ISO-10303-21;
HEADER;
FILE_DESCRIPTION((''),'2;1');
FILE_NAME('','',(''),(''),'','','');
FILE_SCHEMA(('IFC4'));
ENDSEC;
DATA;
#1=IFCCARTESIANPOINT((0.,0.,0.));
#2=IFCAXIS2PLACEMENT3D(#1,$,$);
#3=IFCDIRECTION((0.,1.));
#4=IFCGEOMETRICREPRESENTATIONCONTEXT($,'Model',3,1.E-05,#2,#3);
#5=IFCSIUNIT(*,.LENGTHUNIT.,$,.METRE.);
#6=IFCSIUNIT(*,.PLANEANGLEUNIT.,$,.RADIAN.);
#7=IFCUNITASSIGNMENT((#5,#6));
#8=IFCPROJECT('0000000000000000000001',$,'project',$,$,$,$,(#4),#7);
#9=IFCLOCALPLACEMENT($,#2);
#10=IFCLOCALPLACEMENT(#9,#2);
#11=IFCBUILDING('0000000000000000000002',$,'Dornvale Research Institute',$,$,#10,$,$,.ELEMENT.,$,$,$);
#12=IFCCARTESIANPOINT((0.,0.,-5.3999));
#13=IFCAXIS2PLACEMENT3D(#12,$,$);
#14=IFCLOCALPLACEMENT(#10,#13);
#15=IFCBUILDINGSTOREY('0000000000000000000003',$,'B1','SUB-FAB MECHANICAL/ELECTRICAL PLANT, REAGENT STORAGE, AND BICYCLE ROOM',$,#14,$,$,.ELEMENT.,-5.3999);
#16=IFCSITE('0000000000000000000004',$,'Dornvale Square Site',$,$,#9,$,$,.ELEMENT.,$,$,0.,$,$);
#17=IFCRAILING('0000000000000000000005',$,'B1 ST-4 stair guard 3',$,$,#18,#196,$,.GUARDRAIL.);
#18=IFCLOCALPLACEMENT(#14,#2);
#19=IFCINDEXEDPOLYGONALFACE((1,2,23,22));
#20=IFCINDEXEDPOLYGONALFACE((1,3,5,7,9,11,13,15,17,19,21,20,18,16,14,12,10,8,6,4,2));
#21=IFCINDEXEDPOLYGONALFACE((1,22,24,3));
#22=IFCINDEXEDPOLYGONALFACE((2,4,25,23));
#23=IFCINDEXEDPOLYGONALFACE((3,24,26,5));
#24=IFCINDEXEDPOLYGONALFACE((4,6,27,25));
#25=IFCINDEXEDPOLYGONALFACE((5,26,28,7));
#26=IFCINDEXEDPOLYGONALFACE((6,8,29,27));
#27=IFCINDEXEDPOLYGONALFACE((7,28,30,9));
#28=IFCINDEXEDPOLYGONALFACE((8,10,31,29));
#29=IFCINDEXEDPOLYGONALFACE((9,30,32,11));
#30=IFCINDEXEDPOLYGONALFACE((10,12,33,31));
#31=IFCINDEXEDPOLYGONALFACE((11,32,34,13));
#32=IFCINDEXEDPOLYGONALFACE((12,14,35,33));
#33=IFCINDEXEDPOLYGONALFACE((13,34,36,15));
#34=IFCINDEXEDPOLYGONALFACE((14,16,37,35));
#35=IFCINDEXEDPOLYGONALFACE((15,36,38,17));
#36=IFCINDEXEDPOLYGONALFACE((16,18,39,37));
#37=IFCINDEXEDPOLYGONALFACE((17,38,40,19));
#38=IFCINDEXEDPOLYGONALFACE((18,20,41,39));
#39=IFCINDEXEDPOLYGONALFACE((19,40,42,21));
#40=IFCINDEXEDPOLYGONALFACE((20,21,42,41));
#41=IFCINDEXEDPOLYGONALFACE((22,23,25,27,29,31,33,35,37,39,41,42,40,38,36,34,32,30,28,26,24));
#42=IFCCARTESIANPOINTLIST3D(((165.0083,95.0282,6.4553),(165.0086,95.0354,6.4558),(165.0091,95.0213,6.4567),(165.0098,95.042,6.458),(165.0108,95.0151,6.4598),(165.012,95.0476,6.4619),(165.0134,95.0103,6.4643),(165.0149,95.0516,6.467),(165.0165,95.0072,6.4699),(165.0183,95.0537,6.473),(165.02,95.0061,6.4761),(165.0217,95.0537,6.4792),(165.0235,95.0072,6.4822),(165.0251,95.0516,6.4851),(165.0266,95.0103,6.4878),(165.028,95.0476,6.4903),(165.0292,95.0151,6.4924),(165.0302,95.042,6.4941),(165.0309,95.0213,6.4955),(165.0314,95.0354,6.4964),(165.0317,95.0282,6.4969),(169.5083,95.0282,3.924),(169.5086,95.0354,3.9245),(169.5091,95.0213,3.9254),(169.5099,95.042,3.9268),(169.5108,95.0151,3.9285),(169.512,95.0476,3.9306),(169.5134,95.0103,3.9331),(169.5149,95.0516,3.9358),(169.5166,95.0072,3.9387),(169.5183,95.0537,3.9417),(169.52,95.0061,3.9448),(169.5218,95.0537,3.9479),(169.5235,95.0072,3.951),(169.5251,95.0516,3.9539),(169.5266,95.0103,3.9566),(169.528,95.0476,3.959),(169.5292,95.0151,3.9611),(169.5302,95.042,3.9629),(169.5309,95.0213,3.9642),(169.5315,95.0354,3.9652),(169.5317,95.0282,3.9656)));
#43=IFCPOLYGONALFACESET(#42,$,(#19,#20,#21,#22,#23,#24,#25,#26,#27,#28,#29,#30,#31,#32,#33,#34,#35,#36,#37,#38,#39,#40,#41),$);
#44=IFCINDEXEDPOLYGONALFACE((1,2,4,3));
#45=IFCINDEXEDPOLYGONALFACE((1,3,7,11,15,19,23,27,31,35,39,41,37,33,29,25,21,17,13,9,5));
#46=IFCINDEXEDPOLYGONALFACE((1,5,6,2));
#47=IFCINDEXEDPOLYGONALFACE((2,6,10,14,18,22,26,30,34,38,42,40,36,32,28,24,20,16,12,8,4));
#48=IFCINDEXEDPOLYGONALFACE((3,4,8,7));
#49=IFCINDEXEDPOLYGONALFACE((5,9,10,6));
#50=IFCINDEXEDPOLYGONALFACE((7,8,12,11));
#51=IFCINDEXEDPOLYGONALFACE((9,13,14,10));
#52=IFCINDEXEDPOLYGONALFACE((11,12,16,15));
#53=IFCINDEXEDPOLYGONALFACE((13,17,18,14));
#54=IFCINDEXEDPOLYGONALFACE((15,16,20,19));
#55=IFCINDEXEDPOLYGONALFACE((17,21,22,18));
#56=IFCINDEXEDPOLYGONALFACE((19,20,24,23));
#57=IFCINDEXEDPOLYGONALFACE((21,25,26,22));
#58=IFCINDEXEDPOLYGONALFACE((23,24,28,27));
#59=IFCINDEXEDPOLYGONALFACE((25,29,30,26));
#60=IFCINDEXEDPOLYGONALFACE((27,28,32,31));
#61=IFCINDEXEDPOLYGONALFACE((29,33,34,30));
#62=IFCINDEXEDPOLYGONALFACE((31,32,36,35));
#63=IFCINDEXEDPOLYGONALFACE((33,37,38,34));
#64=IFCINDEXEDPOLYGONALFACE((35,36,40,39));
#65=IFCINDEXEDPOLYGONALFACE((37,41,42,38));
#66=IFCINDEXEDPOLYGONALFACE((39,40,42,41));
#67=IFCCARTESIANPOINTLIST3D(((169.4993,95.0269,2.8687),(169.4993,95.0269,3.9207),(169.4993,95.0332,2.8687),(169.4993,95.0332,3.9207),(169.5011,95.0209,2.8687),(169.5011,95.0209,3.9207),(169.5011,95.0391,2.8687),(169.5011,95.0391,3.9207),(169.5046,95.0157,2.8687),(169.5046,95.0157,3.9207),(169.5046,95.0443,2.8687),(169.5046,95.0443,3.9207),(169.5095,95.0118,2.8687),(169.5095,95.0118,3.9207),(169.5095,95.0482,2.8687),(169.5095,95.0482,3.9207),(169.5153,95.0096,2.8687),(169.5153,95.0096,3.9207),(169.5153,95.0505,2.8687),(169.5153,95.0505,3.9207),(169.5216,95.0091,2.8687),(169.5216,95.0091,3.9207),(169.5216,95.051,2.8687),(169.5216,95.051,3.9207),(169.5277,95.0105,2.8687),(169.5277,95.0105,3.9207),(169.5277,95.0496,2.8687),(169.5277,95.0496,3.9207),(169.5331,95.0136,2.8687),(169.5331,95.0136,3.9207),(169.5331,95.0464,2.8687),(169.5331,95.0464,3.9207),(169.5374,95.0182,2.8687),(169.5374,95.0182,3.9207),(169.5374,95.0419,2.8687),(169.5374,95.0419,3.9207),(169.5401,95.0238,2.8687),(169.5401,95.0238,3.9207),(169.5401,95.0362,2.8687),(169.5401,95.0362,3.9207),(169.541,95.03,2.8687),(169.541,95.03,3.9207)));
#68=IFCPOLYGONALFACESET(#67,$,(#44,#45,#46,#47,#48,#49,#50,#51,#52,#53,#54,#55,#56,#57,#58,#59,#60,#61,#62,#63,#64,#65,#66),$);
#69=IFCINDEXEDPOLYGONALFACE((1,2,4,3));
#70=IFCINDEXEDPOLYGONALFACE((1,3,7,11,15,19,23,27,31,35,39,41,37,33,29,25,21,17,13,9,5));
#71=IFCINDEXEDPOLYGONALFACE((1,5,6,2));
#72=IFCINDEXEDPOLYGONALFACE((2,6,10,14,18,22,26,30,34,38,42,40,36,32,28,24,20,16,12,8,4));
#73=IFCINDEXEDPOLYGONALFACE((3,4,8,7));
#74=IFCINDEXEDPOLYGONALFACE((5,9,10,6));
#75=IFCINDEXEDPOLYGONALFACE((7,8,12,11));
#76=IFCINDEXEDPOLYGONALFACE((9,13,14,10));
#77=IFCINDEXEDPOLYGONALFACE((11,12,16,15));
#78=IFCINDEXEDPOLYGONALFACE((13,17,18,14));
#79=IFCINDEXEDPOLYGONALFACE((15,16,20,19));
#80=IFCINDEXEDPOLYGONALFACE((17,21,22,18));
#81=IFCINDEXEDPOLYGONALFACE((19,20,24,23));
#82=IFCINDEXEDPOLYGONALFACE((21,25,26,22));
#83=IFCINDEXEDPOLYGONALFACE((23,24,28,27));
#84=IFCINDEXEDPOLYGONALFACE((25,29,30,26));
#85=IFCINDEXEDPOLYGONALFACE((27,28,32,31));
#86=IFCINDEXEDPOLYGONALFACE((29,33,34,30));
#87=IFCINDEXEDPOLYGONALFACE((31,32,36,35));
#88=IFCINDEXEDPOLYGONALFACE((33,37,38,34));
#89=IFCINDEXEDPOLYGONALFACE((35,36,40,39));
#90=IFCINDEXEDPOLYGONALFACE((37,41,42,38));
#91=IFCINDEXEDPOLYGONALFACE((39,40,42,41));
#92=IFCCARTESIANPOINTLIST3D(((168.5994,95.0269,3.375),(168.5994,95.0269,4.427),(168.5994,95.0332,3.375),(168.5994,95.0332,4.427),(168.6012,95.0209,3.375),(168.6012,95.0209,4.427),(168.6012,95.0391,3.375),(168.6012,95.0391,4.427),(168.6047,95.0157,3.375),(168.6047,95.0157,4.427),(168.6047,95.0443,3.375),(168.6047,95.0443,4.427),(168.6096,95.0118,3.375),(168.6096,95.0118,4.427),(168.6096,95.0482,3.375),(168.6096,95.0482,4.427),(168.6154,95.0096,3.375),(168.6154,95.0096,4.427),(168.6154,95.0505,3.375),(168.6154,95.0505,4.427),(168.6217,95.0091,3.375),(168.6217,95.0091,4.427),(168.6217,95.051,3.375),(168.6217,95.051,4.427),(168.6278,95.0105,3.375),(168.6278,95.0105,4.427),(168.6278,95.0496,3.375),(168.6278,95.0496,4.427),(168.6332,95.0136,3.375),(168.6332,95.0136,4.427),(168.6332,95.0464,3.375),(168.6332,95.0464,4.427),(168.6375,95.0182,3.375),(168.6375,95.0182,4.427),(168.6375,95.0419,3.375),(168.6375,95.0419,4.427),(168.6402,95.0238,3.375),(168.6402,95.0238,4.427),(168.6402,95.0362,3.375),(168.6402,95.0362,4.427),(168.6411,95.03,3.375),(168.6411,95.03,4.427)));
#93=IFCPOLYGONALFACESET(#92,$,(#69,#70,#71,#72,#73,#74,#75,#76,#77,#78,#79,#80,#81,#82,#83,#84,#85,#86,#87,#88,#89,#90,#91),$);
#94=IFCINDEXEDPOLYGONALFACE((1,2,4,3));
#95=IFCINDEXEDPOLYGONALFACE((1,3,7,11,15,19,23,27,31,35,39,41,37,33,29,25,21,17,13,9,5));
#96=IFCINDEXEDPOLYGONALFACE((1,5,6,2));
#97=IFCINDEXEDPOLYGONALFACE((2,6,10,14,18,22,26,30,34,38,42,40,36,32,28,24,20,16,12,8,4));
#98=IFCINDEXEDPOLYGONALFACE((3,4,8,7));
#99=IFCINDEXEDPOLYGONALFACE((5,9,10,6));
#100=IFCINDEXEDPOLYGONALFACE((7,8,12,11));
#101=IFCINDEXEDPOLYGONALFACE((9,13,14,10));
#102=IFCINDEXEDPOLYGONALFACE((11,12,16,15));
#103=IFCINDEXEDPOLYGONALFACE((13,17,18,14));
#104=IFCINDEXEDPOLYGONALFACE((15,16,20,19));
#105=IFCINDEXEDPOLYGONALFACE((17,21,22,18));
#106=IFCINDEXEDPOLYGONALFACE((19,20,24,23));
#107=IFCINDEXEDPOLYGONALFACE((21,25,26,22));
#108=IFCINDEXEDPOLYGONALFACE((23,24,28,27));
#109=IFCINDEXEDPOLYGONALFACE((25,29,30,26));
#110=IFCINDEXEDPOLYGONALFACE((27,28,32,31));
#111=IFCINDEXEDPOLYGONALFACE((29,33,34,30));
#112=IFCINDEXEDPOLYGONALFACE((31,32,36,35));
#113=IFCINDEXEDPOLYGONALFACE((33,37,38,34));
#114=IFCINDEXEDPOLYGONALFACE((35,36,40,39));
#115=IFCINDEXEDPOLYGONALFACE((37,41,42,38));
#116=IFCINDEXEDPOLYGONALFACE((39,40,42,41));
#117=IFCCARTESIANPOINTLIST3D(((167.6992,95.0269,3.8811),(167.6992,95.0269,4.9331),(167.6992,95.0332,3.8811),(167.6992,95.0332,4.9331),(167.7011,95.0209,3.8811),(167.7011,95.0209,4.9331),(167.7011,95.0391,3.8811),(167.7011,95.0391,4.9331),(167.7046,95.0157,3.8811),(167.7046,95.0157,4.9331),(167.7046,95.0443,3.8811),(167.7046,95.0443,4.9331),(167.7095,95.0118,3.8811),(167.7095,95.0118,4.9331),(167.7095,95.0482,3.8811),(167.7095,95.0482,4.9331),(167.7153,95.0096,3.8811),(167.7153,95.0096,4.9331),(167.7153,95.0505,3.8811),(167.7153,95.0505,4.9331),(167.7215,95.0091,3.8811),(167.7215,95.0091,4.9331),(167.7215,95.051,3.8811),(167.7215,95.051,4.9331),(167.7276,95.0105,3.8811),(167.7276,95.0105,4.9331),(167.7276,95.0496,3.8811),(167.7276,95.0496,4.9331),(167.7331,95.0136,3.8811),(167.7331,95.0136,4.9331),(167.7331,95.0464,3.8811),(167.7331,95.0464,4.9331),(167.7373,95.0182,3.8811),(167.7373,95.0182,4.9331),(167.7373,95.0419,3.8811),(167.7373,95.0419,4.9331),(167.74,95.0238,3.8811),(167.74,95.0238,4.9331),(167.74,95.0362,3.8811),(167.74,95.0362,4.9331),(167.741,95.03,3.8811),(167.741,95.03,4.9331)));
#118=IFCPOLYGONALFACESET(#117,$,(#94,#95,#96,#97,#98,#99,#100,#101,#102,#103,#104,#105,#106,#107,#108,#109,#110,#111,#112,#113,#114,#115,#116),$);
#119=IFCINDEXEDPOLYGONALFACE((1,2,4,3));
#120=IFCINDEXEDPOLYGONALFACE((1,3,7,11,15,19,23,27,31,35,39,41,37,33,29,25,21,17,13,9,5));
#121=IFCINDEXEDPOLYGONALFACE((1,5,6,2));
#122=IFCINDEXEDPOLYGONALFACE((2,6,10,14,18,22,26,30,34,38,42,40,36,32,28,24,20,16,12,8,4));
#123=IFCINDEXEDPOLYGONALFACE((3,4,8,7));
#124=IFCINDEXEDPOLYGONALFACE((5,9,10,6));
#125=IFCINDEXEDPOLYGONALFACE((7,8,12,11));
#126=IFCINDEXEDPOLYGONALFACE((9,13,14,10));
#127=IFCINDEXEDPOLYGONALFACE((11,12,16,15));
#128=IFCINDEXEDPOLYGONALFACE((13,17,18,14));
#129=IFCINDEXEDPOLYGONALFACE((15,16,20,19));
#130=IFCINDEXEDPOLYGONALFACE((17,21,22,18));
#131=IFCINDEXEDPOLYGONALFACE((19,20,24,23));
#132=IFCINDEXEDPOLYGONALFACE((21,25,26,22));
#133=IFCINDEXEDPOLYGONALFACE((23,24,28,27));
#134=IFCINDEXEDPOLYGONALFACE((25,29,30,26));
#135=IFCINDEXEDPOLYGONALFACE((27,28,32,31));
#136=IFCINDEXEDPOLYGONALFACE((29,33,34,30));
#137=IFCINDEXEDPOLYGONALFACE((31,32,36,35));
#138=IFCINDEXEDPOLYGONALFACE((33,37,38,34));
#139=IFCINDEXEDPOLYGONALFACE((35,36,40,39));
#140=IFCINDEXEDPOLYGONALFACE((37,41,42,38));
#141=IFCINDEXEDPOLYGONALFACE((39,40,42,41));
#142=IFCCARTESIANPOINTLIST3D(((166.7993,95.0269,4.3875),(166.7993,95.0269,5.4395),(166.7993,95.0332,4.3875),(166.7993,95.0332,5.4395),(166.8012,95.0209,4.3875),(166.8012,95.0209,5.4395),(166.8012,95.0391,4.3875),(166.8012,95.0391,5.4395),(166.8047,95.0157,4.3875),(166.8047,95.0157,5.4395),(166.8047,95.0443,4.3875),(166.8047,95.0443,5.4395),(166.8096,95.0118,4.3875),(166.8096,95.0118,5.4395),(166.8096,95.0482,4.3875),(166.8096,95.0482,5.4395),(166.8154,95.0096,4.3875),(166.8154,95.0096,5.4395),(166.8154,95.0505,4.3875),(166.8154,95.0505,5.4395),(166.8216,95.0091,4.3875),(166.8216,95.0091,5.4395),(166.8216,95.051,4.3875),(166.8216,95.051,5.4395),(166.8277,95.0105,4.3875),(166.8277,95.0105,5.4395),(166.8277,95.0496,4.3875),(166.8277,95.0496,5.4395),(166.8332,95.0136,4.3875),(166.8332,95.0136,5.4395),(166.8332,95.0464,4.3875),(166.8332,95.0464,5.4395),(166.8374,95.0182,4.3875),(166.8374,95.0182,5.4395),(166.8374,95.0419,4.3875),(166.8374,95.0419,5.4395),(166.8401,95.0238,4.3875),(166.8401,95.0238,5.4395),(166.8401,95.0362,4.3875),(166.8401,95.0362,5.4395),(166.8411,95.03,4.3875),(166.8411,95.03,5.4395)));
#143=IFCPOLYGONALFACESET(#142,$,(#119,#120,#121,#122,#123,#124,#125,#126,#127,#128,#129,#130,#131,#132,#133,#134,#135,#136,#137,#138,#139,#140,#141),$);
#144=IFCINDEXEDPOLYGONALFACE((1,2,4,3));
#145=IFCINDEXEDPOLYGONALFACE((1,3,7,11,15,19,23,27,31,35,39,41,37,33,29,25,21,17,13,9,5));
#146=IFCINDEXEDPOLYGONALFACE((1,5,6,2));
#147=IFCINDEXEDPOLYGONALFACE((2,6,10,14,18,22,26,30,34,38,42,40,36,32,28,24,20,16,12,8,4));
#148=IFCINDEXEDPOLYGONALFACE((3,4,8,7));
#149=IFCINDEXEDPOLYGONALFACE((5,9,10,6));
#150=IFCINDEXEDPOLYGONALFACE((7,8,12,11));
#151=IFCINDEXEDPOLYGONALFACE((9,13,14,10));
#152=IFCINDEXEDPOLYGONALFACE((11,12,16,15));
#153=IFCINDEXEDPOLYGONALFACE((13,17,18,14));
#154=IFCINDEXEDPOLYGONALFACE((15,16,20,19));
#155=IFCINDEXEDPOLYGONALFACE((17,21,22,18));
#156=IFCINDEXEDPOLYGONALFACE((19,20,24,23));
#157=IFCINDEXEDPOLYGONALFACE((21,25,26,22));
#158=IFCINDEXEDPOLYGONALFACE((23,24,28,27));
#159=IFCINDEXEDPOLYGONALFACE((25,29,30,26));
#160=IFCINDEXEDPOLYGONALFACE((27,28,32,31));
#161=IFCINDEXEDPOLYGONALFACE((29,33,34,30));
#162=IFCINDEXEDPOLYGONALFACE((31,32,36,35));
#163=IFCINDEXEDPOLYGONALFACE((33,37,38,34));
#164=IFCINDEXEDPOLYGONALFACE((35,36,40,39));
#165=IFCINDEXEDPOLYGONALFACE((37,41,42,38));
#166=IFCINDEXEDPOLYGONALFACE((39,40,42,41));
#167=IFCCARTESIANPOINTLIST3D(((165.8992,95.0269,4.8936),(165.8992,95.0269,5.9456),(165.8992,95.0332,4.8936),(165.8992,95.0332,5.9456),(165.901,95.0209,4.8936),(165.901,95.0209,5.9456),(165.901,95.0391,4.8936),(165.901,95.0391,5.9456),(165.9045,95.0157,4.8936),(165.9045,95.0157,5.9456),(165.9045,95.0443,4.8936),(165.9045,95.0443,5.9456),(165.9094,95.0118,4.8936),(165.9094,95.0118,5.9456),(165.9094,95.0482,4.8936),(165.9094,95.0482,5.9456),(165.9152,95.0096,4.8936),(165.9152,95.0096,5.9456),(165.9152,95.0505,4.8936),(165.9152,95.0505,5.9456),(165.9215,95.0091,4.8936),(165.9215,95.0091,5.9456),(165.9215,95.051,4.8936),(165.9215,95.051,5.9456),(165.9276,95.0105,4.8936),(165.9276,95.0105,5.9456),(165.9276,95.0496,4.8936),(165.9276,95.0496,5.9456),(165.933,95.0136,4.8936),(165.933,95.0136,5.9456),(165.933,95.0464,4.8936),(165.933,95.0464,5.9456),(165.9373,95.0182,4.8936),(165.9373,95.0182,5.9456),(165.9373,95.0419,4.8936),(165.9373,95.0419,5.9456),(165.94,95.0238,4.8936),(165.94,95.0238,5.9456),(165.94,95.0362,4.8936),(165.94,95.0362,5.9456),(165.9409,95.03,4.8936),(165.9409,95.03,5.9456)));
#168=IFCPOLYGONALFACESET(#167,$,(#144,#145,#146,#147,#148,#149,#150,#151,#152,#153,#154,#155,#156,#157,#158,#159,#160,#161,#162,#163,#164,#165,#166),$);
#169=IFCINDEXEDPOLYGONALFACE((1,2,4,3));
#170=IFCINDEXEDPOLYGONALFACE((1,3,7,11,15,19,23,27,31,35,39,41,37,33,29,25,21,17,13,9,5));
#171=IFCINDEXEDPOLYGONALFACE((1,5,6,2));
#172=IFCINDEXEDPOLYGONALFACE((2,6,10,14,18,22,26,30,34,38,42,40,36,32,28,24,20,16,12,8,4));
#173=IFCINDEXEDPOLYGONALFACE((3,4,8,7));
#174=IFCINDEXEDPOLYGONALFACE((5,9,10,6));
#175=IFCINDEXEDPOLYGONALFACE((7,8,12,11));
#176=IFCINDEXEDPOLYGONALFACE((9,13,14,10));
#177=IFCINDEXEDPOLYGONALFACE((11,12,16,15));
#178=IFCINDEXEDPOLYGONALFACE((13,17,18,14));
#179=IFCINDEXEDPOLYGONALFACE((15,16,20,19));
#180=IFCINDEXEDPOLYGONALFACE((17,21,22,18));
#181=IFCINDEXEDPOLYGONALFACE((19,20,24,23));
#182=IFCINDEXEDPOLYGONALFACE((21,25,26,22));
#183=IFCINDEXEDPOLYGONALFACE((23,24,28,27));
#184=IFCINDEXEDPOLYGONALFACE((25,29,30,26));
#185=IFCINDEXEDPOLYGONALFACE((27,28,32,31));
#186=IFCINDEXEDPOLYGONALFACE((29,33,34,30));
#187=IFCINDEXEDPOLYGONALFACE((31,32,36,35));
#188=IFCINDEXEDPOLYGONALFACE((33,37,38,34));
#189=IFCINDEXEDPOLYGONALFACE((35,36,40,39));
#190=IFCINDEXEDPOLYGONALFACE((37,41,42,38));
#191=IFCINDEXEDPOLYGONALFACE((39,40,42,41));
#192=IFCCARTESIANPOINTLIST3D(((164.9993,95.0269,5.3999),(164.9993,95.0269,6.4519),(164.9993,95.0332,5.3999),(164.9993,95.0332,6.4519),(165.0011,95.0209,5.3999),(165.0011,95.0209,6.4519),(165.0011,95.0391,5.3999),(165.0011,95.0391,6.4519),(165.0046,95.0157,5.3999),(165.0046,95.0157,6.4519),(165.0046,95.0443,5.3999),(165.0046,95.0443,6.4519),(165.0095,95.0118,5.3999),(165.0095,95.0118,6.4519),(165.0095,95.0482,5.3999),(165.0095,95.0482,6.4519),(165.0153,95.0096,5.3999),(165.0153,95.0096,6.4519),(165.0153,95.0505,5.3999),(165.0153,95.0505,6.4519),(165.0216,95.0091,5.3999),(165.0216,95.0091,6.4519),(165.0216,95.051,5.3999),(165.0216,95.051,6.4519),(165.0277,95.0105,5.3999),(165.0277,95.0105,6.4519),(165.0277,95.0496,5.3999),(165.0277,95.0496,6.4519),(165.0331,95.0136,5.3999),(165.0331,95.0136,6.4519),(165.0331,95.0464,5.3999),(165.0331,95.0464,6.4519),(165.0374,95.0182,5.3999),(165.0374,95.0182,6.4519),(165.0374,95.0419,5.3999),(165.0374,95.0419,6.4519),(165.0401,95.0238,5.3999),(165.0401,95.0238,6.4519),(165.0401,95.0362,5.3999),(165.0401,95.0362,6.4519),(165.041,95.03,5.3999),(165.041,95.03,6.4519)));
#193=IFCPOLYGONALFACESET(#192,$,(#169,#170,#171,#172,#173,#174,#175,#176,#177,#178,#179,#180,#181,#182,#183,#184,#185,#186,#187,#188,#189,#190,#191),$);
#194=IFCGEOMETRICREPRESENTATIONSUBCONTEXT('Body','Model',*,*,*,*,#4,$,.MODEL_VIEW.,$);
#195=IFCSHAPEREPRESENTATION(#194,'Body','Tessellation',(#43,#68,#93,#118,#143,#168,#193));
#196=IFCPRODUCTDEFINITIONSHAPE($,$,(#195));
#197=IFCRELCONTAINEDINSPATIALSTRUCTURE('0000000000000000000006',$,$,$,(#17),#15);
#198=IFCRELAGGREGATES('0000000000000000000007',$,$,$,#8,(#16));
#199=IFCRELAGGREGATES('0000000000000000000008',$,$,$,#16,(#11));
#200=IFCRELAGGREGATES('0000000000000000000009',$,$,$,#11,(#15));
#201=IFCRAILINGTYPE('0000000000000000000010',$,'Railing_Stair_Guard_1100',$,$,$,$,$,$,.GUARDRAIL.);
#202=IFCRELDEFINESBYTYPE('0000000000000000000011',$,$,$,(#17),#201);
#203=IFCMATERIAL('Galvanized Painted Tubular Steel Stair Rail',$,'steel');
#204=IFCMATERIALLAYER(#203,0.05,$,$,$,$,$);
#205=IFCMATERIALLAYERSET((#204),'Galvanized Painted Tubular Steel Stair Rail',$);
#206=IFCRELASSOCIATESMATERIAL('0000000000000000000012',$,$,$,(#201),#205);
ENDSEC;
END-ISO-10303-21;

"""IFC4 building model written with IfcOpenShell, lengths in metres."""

from ifc_helpers import new_model, si_unit, direction, frame, origin, origin_2d, place, context, subcontext, project, spatial, circle, extrude, material, layer, layer_set, type_object, element, save


model = new_model("IFC4")

# Units and contexts
model_context = context("Model", 3, precision=1e-05, world=origin(), true_north=direction((0.0, 1.0)))
body_context = subcontext(model_context, "Body", "Model", "MODEL_VIEW")
ifc_project = project(units=[si_unit("LENGTHUNIT", "METRE"), si_unit("PLANEANGLEUNIT", "RADIAN")], contexts=[model_context])

# Site, building, storey
site_placement = place(None, origin())
site = spatial("IfcSite", under=ifc_project, at=site_placement, Name="Dornvale Square Site", CompositionType="ELEMENT", RefElevation=0.0)
building_placement = place(site_placement, origin())
building = spatial("IfcBuilding", under=site, at=building_placement, Name="Dornvale Research Institute", CompositionType="ELEMENT")
storey_placement = place(building_placement, frame((0.0, 0.0, -5.3999)))
storey = spatial("IfcBuildingStorey", under=building, at=storey_placement, Name="B1", Description="SUB-FAB MECHANICAL/ELECTRICAL PLANT, REAGENT STORAGE, AND BICYCLE ROOM", CompositionType="ELEMENT", Elevation=-5.3999)

# Railing
ifc_material_1 = material(Name="Galvanized Painted Tubular Steel Stair Rail", Category="steel")
ifc_layer_1 = layer(ifc_material_1, 0.05)
ifc_layer_set_1 = layer_set([ifc_layer_1], Name="Galvanized Painted Tubular Steel Stair Rail")
railing_type_1 = type_object("IfcRailingType", Name="Railing_Stair_Guard_1100", PredefinedType="GUARDRAIL", material=ifc_layer_set_1)
railing_1_placement = place(storey_placement, frame((169.52, 95.03, 2.8687)))
element("IfcRailing", 1, at=railing_1_placement, inside=storey, type_object=railing_type_1, Name="B1 ST-4 stair guard 3", PredefinedType="GUARDRAIL", context=body_context, shape_type="SweptSolid", body=[
    extrude(circle(Radius=0.0239, at=origin_2d()), frame((0.0, 0.0, 1.0762), z_axis=(-0.871576, 0.0, 0.490261), x_axis=(0.0, -1.0, 0.0)), (0.0, 0.0, 1.0), 5.1631),
    extrude(circle(Radius=0.021, at=origin_2d()), origin(), (0.0, 0.0, 1.0), 1.052),
    extrude(circle(Radius=0.021, at=origin_2d()), frame((-0.8999, 0.0, 0.5063)), (0.0, 0.0, 1.0), 1.052),
    extrude(circle(Radius=0.021, at=origin_2d()), frame((-1.8, 0.0, 1.0125)), (0.0, 0.0, 1.0), 1.052),
    extrude(circle(Radius=0.021, at=origin_2d()), frame((-2.7, 0.0, 1.5188)), (0.0, 0.0, 1.0), 1.052),
    extrude(circle(Radius=0.021, at=origin_2d()), frame((-3.6001, 0.0, 2.0249)), (0.0, 0.0, 1.0), 1.052),
    extrude(circle(Radius=0.021, at=origin_2d()), frame((-4.5, 0.0, 2.5312)), (0.0, 0.0, 1.0), 1.052),
])

save(model, "model.ifc")
